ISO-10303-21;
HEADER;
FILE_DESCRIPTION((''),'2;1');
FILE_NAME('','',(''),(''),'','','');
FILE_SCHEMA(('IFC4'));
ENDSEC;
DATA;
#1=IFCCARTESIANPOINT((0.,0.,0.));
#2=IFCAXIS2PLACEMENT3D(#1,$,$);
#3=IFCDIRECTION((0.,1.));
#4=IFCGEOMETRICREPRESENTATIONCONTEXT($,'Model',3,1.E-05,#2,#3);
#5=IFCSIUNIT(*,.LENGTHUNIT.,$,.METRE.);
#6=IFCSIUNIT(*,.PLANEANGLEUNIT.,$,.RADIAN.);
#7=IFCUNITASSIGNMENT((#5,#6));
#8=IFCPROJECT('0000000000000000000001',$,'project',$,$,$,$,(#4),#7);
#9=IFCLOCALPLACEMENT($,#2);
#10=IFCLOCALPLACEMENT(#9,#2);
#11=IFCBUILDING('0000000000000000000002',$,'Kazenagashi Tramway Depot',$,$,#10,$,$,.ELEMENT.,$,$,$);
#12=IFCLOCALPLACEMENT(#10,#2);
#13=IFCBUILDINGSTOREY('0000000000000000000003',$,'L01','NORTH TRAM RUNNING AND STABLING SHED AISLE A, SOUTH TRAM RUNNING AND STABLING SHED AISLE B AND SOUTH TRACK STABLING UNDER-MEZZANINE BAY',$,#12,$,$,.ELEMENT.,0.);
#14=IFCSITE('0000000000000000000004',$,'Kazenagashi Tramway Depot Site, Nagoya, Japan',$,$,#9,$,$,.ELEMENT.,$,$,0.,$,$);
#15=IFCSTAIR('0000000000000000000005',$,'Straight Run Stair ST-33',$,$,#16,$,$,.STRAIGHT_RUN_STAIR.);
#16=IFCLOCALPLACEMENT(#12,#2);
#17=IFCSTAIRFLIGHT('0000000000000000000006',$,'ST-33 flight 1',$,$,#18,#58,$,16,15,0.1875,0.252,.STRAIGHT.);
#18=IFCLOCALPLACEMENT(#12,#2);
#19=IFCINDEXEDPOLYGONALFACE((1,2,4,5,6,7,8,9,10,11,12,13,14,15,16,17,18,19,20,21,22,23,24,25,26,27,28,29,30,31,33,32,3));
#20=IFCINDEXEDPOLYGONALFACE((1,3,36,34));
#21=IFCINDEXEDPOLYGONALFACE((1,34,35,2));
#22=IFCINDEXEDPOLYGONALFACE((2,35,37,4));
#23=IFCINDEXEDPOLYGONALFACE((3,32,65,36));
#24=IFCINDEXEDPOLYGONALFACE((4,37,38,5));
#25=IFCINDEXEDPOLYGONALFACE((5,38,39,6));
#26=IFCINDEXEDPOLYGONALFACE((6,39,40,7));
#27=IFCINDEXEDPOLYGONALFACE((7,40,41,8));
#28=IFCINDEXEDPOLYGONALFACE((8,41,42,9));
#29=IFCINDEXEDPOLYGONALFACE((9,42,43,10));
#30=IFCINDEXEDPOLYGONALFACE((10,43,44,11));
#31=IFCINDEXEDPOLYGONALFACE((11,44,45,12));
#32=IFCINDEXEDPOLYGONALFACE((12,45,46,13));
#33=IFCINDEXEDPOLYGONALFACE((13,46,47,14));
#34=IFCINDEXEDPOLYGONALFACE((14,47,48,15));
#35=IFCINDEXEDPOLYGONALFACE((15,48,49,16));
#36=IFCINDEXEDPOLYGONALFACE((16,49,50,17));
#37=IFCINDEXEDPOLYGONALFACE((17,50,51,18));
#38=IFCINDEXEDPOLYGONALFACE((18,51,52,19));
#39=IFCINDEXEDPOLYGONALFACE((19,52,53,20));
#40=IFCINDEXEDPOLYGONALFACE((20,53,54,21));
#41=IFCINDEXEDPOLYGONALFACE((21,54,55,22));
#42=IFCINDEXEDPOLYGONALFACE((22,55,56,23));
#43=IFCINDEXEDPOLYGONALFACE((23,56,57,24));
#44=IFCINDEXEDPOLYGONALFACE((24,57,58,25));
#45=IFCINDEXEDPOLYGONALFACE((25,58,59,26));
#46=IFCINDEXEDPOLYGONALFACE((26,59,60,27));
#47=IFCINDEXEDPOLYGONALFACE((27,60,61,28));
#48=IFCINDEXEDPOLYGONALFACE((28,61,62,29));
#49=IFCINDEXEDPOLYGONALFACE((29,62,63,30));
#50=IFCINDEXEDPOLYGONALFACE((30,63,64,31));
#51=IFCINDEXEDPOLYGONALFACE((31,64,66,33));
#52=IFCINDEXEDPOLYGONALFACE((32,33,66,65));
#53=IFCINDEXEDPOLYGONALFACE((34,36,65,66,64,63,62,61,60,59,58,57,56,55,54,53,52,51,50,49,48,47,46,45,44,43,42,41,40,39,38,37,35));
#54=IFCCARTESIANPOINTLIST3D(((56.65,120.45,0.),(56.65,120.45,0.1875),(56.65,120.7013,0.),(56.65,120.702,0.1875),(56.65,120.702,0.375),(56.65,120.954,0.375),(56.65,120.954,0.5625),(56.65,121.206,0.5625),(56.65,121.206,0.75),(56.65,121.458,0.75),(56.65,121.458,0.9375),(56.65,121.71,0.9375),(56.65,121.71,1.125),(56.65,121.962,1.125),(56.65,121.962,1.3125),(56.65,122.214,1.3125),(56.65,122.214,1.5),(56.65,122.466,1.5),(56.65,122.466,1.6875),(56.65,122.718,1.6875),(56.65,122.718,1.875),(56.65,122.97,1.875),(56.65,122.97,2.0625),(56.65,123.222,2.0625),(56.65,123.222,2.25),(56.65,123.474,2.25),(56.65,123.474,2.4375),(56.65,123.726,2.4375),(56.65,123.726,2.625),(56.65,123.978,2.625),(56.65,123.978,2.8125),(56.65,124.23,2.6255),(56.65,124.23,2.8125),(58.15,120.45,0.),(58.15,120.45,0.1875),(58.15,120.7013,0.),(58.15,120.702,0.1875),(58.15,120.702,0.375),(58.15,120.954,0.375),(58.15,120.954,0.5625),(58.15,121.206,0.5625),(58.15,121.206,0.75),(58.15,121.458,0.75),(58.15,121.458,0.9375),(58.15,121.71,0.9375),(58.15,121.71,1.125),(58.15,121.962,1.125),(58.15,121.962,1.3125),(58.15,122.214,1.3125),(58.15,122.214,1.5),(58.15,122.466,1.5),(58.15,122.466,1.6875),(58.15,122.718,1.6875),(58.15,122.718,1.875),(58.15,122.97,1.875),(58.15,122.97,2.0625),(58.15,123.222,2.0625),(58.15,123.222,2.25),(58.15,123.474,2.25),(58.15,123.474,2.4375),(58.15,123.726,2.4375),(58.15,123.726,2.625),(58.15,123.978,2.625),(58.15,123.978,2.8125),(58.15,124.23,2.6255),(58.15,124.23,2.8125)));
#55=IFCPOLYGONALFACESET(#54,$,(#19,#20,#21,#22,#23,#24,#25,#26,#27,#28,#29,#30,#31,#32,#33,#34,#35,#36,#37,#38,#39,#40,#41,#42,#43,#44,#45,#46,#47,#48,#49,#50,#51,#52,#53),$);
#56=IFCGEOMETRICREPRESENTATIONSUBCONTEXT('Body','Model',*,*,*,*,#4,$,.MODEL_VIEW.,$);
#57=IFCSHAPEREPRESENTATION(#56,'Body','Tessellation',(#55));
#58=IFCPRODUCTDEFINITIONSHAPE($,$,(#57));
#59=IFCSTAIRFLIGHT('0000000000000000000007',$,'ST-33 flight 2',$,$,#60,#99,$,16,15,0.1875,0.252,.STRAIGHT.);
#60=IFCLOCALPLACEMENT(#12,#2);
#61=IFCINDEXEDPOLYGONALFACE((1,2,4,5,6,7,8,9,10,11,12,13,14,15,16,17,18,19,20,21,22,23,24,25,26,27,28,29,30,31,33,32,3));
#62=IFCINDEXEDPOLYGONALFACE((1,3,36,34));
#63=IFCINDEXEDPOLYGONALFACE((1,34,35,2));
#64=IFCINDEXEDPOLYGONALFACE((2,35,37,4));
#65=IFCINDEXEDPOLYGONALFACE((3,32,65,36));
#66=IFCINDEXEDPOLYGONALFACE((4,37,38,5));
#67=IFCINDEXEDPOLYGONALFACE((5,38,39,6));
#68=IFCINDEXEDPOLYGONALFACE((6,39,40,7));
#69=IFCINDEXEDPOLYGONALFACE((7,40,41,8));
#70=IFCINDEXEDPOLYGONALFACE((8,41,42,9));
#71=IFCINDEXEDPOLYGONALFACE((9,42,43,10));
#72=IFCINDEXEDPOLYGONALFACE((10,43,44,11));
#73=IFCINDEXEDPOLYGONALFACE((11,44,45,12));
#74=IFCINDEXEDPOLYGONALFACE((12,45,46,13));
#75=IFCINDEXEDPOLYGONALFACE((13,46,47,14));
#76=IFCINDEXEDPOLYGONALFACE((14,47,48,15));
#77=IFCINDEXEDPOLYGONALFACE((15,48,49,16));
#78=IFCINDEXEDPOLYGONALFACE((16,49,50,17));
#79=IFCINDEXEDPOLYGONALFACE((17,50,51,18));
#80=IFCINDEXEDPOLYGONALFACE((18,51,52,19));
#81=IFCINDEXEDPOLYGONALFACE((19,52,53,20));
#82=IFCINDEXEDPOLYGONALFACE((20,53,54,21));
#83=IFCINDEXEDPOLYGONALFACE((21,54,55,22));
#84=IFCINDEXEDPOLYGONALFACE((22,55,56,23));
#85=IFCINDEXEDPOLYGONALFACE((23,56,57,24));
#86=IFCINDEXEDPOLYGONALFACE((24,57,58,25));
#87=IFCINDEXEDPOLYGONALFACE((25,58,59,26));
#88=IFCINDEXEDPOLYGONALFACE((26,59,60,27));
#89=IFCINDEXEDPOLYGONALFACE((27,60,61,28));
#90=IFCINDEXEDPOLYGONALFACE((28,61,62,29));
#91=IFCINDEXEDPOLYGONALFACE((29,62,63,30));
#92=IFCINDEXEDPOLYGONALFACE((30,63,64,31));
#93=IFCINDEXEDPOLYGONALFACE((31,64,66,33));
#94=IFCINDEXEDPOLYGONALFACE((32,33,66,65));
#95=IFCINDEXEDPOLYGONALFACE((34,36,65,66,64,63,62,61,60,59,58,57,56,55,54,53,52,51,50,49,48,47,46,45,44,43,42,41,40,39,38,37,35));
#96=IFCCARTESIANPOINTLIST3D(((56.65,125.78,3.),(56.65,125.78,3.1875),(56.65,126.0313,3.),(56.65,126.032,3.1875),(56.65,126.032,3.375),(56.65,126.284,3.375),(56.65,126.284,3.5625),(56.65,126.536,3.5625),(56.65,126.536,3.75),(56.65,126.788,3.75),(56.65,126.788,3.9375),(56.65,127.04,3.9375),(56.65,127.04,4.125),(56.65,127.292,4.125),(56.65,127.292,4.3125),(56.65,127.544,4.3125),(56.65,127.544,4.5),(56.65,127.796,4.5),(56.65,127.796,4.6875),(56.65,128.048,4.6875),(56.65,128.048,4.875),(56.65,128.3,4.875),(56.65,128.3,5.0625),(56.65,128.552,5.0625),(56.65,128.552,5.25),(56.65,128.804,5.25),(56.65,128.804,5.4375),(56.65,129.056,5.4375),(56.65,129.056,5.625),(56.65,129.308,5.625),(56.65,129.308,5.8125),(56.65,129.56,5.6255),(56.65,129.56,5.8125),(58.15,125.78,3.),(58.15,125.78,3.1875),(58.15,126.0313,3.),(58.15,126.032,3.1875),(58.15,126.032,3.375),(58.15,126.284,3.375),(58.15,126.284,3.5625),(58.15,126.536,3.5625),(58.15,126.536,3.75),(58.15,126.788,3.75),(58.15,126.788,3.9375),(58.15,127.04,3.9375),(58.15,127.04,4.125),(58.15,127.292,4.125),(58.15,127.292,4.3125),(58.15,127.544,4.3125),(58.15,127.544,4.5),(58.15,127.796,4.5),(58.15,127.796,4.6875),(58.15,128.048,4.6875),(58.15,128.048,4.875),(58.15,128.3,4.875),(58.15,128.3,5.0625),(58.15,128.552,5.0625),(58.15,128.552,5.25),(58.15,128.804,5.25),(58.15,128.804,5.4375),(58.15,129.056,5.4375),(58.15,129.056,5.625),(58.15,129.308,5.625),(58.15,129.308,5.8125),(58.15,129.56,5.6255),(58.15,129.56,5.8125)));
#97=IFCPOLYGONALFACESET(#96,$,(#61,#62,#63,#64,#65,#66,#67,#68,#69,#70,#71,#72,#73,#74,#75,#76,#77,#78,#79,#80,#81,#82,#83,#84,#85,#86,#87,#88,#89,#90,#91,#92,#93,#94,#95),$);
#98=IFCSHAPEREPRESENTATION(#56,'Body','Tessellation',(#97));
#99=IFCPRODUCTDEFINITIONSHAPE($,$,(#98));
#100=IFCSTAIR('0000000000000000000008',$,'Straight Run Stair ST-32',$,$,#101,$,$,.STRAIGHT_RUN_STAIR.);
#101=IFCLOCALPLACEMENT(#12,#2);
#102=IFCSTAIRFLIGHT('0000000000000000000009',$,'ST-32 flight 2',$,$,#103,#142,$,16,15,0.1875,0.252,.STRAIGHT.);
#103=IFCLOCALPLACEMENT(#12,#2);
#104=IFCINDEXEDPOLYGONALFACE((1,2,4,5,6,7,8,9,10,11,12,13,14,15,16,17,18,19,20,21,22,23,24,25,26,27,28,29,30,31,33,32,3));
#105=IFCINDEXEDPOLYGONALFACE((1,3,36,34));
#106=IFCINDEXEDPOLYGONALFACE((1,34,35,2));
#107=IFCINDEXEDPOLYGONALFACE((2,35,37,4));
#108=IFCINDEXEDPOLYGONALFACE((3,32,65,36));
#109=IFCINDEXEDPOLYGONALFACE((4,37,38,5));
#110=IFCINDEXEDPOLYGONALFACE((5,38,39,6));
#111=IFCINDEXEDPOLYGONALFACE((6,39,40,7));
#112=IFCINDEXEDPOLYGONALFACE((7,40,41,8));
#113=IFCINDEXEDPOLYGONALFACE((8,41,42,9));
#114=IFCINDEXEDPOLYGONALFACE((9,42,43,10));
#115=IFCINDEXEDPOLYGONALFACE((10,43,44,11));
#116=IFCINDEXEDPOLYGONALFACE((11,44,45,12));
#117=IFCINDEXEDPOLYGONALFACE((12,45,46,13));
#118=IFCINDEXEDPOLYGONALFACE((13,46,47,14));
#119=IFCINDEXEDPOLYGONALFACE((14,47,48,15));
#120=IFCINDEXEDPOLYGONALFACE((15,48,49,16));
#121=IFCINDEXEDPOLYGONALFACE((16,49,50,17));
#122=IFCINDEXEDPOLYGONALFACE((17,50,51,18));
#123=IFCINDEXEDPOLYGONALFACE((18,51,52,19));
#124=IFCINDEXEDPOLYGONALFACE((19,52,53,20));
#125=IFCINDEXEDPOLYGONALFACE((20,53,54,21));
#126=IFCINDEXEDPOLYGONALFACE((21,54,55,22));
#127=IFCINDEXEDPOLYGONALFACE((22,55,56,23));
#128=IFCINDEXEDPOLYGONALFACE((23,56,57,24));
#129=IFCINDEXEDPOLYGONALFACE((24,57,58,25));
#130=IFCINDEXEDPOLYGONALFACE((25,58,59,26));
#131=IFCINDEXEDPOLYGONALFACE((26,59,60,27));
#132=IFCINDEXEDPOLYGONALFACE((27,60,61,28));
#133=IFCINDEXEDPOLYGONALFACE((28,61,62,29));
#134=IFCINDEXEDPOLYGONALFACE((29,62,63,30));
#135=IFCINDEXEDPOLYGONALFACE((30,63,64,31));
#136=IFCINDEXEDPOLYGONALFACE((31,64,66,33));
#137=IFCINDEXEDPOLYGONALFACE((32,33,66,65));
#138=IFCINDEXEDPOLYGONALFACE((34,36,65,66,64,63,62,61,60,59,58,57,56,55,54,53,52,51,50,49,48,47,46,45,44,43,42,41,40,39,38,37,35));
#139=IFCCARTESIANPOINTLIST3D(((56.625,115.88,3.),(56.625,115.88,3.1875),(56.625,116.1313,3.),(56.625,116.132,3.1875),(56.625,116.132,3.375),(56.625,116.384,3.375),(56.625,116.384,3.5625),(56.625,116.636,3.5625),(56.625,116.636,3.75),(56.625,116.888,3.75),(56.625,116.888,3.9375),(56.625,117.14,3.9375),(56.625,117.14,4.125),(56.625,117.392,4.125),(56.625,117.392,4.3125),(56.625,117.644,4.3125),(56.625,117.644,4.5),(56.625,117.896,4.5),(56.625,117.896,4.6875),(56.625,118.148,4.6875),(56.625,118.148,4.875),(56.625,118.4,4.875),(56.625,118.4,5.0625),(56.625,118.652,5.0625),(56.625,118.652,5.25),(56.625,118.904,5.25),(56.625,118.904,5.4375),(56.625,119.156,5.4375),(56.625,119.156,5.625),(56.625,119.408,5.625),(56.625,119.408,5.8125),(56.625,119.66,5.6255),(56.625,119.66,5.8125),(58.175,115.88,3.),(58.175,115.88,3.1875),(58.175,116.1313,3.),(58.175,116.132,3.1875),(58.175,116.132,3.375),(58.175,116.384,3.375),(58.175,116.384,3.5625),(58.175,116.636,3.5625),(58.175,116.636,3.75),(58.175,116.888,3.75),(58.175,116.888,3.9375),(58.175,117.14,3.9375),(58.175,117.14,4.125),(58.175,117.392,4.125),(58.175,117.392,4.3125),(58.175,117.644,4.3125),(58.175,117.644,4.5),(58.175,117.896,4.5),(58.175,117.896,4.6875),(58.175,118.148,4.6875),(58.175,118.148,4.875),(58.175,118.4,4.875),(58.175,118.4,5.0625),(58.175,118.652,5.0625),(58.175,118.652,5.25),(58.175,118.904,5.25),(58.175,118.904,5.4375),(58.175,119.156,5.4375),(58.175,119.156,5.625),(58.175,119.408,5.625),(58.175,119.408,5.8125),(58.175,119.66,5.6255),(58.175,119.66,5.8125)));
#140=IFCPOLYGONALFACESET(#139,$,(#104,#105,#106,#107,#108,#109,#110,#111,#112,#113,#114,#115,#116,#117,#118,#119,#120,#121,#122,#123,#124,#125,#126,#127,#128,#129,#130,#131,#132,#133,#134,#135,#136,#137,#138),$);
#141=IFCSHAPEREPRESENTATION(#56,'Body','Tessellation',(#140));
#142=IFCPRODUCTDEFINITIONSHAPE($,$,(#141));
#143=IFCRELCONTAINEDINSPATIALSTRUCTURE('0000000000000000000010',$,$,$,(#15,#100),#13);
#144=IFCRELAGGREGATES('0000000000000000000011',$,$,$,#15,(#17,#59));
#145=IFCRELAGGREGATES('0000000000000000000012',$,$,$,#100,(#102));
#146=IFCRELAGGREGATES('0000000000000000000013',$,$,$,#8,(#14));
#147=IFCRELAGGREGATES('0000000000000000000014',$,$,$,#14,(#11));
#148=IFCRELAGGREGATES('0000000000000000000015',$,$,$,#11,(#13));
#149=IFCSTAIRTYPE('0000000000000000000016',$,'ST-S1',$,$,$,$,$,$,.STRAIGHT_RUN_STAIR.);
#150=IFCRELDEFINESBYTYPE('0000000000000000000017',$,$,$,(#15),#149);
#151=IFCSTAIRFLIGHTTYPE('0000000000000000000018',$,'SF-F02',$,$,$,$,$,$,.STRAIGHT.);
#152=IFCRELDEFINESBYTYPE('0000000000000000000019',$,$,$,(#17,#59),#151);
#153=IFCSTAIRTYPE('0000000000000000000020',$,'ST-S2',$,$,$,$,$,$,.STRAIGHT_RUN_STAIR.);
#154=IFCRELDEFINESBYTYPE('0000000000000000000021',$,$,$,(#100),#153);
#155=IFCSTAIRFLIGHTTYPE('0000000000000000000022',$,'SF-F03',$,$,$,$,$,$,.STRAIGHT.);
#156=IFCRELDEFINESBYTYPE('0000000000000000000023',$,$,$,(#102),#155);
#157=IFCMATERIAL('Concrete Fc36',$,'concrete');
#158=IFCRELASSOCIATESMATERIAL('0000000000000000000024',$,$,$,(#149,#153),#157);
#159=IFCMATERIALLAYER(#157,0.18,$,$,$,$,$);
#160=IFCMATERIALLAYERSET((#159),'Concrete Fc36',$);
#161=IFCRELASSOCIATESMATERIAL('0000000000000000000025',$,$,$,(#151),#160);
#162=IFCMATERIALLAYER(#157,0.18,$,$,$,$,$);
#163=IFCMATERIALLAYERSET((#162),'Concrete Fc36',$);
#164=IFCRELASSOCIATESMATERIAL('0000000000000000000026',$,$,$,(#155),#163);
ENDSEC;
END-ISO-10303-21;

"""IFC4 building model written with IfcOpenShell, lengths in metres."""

from ifc_helpers import new_model, si_unit, direction, frame, origin, place, context, subcontext, project, spatial, polyline, outline, extrude, material, layer, layer_set, type_object, element, aggregate, save


model = new_model("IFC4")

# Units and contexts
model_context = context("Model", 3, precision=1e-05, world=origin(), true_north=direction((0.0, 1.0)))
body_context = subcontext(model_context, "Body", "Model", "MODEL_VIEW")
ifc_project = project(units=[si_unit("LENGTHUNIT", "METRE"), si_unit("PLANEANGLEUNIT", "RADIAN")], contexts=[model_context])

# Site, building, storey
site_placement = place(None, origin())
site = spatial("IfcSite", under=ifc_project, at=site_placement, Name="Kazenagashi Tramway Depot Site, Nagoya, Japan", CompositionType="ELEMENT", RefElevation=0.0)
building_placement = place(site_placement, origin())
building = spatial("IfcBuilding", under=site, at=building_placement, Name="Kazenagashi Tramway Depot", CompositionType="ELEMENT")
storey_placement = place(building_placement, origin())
storey = spatial("IfcBuildingStorey", under=building, at=storey_placement, Name="L01", Description="NORTH TRAM RUNNING AND STABLING SHED AISLE A, SOUTH TRAM RUNNING AND STABLING SHED AISLE B AND SOUTH TRACK STABLING UNDER-MEZZANINE BAY", CompositionType="ELEMENT", Elevation=0.0)

# Stair, stair flights
ifc_material_1 = material(Name="Concrete Fc36", Category="concrete")
stair_type_1 = type_object("IfcStairType", Name="ST-S1", PredefinedType="STRAIGHT_RUN_STAIR", material=ifc_material_1)
stair_1_placement = place(storey_placement, origin())
stair_1 = element("IfcStair", 1, at=stair_1_placement, inside=storey, type_object=stair_type_1, Name="Straight Run Stair ST-33", PredefinedType="STRAIGHT_RUN_STAIR")
ifc_layer_1 = layer(ifc_material_1, 0.18)
ifc_layer_set_1 = layer_set([ifc_layer_1], Name="Concrete Fc36")
stair_flight_type_1 = type_object("IfcStairFlightType", Name="SF-F02", PredefinedType="STRAIGHT", material=ifc_layer_set_1)
stair_flight_1_placement = place(storey_placement, frame((57.4, 120.45, 0.0), z_axis=(0.0, 0.0, 1.0), x_axis=(0.0, 1.0, 0.0)))
stair_flight_1 = element("IfcStairFlight", 2, at=stair_flight_1_placement, type_object=stair_flight_type_1, Name="ST-33 flight 1", NumberOfRisers=16, NumberOfTreads=15, PredefinedType="STRAIGHT", RiserHeight=0.1875, TreadLength=0.252, context=body_context, shape_type="SweptSolid", body=[
    extrude(outline(polyline([(0.0, 0.0), (0.0, 0.1875), (0.252, 0.1875), (0.252, 0.375), (0.504, 0.375), (0.504, 0.5625), (0.756, 0.5625), (0.756, 0.75), (1.008, 0.75), (1.008, 0.9375), (1.26, 0.9375), (1.26, 1.125), (1.512, 1.125), (1.512, 1.3125), (1.764, 1.3125), (1.764, 1.5), (2.016, 1.5), (2.016, 1.6875), (2.268, 1.6875), (2.268, 1.875), (2.52, 1.875), (2.52, 2.0625), (2.772, 2.0625), (2.772, 2.25), (3.024, 2.25), (3.024, 2.4375), (3.276, 2.4375), (3.276, 2.625), (3.528, 2.625), (3.528, 2.8125), (3.78, 2.8125), (3.78, 3.0), (3.78, 2.6255), (0.2513, 0.0), (0.0, 0.0)])), frame((0.0, 0.75, 0.0), z_axis=(0.0, -1.0, 0.0), x_axis=(1.0, 0.0, 0.0)), (0.0, 0.0, 1.0), 1.5),
])
stair_flight_2_placement = place(storey_placement, frame((57.4, 125.78, 3.0), z_axis=(0.0, 0.0, 1.0), x_axis=(0.0, 1.0, 0.0)))
stair_flight_2 = element("IfcStairFlight", 3, at=stair_flight_2_placement, type_object=stair_flight_type_1, Name="ST-33 flight 2", NumberOfRisers=16, NumberOfTreads=15, PredefinedType="STRAIGHT", RiserHeight=0.1875, TreadLength=0.252, context=body_context, shape_type="SweptSolid", body=[
    extrude(outline(polyline([(0.0, 0.0), (0.0, 0.1875), (0.252, 0.1875), (0.252, 0.375), (0.504, 0.375), (0.504, 0.5625), (0.756, 0.5625), (0.756, 0.75), (1.008, 0.75), (1.008, 0.9375), (1.26, 0.9375), (1.26, 1.125), (1.512, 1.125), (1.512, 1.3125), (1.764, 1.3125), (1.764, 1.5), (2.016, 1.5), (2.016, 1.6875), (2.268, 1.6875), (2.268, 1.875), (2.52, 1.875), (2.52, 2.0625), (2.772, 2.0625), (2.772, 2.25), (3.024, 2.25), (3.024, 2.4375), (3.276, 2.4375), (3.276, 2.625), (3.528, 2.625), (3.528, 2.8125), (3.78, 2.8125), (3.78, 3.0), (3.78, 2.6255), (0.2513, 0.0), (0.0, 0.0)])), frame((0.0, 0.75, 0.0), z_axis=(0.0, -1.0, 0.0), x_axis=(1.0, 0.0, 0.0)), (0.0, 0.0, 1.0), 1.5),
])
aggregate(stair_1, [stair_flight_1, stair_flight_2])

# Stair, stair flight
stair_type_2 = type_object("IfcStairType", Name="ST-S2", PredefinedType="STRAIGHT_RUN_STAIR", material=ifc_material_1)
stair_2_placement = place(storey_placement, origin())
stair_2 = element("IfcStair", 4, at=stair_2_placement, inside=storey, type_object=stair_type_2, Name="Straight Run Stair ST-32", PredefinedType="STRAIGHT_RUN_STAIR")
ifc_layer_2 = layer(ifc_material_1, 0.18)
ifc_layer_set_2 = layer_set([ifc_layer_2], Name="Concrete Fc36")
stair_flight_type_2 = type_object("IfcStairFlightType", Name="SF-F03", PredefinedType="STRAIGHT", material=ifc_layer_set_2)
stair_flight_3_placement = place(storey_placement, frame((57.4, 115.88, 3.0), z_axis=(0.0, 0.0, 1.0), x_axis=(0.0, 1.0, 0.0)))
stair_flight_3 = element("IfcStairFlight", 5, at=stair_flight_3_placement, type_object=stair_flight_type_2, Name="ST-32 flight 2", NumberOfRisers=16, NumberOfTreads=15, PredefinedType="STRAIGHT", RiserHeight=0.1875, TreadLength=0.252, context=body_context, shape_type="SweptSolid", body=[
    extrude(outline(polyline([(0.0, 0.0), (0.0, 0.1875), (0.252, 0.1875), (0.252, 0.375), (0.504, 0.375), (0.504, 0.5625), (0.756, 0.5625), (0.756, 0.75), (1.008, 0.75), (1.008, 0.9375), (1.26, 0.9375), (1.26, 1.125), (1.512, 1.125), (1.512, 1.3125), (1.764, 1.3125), (1.764, 1.5), (2.016, 1.5), (2.016, 1.6875), (2.268, 1.6875), (2.268, 1.875), (2.52, 1.875), (2.52, 2.0625), (2.772, 2.0625), (2.772, 2.25), (3.024, 2.25), (3.024, 2.4375), (3.276, 2.4375), (3.276, 2.625), (3.528, 2.625), (3.528, 2.8125), (3.78, 2.8125), (3.78, 3.0), (3.78, 2.6255), (0.2513, 0.0), (0.0, 0.0)])), frame((0.0, 0.775, 0.0), z_axis=(0.0, -1.0, 0.0), x_axis=(1.0, 0.0, 0.0)), (0.0, 0.0, 1.0), 1.55),
])
aggregate(stair_2, [stair_flight_3])

save(model, "model.ifc")
